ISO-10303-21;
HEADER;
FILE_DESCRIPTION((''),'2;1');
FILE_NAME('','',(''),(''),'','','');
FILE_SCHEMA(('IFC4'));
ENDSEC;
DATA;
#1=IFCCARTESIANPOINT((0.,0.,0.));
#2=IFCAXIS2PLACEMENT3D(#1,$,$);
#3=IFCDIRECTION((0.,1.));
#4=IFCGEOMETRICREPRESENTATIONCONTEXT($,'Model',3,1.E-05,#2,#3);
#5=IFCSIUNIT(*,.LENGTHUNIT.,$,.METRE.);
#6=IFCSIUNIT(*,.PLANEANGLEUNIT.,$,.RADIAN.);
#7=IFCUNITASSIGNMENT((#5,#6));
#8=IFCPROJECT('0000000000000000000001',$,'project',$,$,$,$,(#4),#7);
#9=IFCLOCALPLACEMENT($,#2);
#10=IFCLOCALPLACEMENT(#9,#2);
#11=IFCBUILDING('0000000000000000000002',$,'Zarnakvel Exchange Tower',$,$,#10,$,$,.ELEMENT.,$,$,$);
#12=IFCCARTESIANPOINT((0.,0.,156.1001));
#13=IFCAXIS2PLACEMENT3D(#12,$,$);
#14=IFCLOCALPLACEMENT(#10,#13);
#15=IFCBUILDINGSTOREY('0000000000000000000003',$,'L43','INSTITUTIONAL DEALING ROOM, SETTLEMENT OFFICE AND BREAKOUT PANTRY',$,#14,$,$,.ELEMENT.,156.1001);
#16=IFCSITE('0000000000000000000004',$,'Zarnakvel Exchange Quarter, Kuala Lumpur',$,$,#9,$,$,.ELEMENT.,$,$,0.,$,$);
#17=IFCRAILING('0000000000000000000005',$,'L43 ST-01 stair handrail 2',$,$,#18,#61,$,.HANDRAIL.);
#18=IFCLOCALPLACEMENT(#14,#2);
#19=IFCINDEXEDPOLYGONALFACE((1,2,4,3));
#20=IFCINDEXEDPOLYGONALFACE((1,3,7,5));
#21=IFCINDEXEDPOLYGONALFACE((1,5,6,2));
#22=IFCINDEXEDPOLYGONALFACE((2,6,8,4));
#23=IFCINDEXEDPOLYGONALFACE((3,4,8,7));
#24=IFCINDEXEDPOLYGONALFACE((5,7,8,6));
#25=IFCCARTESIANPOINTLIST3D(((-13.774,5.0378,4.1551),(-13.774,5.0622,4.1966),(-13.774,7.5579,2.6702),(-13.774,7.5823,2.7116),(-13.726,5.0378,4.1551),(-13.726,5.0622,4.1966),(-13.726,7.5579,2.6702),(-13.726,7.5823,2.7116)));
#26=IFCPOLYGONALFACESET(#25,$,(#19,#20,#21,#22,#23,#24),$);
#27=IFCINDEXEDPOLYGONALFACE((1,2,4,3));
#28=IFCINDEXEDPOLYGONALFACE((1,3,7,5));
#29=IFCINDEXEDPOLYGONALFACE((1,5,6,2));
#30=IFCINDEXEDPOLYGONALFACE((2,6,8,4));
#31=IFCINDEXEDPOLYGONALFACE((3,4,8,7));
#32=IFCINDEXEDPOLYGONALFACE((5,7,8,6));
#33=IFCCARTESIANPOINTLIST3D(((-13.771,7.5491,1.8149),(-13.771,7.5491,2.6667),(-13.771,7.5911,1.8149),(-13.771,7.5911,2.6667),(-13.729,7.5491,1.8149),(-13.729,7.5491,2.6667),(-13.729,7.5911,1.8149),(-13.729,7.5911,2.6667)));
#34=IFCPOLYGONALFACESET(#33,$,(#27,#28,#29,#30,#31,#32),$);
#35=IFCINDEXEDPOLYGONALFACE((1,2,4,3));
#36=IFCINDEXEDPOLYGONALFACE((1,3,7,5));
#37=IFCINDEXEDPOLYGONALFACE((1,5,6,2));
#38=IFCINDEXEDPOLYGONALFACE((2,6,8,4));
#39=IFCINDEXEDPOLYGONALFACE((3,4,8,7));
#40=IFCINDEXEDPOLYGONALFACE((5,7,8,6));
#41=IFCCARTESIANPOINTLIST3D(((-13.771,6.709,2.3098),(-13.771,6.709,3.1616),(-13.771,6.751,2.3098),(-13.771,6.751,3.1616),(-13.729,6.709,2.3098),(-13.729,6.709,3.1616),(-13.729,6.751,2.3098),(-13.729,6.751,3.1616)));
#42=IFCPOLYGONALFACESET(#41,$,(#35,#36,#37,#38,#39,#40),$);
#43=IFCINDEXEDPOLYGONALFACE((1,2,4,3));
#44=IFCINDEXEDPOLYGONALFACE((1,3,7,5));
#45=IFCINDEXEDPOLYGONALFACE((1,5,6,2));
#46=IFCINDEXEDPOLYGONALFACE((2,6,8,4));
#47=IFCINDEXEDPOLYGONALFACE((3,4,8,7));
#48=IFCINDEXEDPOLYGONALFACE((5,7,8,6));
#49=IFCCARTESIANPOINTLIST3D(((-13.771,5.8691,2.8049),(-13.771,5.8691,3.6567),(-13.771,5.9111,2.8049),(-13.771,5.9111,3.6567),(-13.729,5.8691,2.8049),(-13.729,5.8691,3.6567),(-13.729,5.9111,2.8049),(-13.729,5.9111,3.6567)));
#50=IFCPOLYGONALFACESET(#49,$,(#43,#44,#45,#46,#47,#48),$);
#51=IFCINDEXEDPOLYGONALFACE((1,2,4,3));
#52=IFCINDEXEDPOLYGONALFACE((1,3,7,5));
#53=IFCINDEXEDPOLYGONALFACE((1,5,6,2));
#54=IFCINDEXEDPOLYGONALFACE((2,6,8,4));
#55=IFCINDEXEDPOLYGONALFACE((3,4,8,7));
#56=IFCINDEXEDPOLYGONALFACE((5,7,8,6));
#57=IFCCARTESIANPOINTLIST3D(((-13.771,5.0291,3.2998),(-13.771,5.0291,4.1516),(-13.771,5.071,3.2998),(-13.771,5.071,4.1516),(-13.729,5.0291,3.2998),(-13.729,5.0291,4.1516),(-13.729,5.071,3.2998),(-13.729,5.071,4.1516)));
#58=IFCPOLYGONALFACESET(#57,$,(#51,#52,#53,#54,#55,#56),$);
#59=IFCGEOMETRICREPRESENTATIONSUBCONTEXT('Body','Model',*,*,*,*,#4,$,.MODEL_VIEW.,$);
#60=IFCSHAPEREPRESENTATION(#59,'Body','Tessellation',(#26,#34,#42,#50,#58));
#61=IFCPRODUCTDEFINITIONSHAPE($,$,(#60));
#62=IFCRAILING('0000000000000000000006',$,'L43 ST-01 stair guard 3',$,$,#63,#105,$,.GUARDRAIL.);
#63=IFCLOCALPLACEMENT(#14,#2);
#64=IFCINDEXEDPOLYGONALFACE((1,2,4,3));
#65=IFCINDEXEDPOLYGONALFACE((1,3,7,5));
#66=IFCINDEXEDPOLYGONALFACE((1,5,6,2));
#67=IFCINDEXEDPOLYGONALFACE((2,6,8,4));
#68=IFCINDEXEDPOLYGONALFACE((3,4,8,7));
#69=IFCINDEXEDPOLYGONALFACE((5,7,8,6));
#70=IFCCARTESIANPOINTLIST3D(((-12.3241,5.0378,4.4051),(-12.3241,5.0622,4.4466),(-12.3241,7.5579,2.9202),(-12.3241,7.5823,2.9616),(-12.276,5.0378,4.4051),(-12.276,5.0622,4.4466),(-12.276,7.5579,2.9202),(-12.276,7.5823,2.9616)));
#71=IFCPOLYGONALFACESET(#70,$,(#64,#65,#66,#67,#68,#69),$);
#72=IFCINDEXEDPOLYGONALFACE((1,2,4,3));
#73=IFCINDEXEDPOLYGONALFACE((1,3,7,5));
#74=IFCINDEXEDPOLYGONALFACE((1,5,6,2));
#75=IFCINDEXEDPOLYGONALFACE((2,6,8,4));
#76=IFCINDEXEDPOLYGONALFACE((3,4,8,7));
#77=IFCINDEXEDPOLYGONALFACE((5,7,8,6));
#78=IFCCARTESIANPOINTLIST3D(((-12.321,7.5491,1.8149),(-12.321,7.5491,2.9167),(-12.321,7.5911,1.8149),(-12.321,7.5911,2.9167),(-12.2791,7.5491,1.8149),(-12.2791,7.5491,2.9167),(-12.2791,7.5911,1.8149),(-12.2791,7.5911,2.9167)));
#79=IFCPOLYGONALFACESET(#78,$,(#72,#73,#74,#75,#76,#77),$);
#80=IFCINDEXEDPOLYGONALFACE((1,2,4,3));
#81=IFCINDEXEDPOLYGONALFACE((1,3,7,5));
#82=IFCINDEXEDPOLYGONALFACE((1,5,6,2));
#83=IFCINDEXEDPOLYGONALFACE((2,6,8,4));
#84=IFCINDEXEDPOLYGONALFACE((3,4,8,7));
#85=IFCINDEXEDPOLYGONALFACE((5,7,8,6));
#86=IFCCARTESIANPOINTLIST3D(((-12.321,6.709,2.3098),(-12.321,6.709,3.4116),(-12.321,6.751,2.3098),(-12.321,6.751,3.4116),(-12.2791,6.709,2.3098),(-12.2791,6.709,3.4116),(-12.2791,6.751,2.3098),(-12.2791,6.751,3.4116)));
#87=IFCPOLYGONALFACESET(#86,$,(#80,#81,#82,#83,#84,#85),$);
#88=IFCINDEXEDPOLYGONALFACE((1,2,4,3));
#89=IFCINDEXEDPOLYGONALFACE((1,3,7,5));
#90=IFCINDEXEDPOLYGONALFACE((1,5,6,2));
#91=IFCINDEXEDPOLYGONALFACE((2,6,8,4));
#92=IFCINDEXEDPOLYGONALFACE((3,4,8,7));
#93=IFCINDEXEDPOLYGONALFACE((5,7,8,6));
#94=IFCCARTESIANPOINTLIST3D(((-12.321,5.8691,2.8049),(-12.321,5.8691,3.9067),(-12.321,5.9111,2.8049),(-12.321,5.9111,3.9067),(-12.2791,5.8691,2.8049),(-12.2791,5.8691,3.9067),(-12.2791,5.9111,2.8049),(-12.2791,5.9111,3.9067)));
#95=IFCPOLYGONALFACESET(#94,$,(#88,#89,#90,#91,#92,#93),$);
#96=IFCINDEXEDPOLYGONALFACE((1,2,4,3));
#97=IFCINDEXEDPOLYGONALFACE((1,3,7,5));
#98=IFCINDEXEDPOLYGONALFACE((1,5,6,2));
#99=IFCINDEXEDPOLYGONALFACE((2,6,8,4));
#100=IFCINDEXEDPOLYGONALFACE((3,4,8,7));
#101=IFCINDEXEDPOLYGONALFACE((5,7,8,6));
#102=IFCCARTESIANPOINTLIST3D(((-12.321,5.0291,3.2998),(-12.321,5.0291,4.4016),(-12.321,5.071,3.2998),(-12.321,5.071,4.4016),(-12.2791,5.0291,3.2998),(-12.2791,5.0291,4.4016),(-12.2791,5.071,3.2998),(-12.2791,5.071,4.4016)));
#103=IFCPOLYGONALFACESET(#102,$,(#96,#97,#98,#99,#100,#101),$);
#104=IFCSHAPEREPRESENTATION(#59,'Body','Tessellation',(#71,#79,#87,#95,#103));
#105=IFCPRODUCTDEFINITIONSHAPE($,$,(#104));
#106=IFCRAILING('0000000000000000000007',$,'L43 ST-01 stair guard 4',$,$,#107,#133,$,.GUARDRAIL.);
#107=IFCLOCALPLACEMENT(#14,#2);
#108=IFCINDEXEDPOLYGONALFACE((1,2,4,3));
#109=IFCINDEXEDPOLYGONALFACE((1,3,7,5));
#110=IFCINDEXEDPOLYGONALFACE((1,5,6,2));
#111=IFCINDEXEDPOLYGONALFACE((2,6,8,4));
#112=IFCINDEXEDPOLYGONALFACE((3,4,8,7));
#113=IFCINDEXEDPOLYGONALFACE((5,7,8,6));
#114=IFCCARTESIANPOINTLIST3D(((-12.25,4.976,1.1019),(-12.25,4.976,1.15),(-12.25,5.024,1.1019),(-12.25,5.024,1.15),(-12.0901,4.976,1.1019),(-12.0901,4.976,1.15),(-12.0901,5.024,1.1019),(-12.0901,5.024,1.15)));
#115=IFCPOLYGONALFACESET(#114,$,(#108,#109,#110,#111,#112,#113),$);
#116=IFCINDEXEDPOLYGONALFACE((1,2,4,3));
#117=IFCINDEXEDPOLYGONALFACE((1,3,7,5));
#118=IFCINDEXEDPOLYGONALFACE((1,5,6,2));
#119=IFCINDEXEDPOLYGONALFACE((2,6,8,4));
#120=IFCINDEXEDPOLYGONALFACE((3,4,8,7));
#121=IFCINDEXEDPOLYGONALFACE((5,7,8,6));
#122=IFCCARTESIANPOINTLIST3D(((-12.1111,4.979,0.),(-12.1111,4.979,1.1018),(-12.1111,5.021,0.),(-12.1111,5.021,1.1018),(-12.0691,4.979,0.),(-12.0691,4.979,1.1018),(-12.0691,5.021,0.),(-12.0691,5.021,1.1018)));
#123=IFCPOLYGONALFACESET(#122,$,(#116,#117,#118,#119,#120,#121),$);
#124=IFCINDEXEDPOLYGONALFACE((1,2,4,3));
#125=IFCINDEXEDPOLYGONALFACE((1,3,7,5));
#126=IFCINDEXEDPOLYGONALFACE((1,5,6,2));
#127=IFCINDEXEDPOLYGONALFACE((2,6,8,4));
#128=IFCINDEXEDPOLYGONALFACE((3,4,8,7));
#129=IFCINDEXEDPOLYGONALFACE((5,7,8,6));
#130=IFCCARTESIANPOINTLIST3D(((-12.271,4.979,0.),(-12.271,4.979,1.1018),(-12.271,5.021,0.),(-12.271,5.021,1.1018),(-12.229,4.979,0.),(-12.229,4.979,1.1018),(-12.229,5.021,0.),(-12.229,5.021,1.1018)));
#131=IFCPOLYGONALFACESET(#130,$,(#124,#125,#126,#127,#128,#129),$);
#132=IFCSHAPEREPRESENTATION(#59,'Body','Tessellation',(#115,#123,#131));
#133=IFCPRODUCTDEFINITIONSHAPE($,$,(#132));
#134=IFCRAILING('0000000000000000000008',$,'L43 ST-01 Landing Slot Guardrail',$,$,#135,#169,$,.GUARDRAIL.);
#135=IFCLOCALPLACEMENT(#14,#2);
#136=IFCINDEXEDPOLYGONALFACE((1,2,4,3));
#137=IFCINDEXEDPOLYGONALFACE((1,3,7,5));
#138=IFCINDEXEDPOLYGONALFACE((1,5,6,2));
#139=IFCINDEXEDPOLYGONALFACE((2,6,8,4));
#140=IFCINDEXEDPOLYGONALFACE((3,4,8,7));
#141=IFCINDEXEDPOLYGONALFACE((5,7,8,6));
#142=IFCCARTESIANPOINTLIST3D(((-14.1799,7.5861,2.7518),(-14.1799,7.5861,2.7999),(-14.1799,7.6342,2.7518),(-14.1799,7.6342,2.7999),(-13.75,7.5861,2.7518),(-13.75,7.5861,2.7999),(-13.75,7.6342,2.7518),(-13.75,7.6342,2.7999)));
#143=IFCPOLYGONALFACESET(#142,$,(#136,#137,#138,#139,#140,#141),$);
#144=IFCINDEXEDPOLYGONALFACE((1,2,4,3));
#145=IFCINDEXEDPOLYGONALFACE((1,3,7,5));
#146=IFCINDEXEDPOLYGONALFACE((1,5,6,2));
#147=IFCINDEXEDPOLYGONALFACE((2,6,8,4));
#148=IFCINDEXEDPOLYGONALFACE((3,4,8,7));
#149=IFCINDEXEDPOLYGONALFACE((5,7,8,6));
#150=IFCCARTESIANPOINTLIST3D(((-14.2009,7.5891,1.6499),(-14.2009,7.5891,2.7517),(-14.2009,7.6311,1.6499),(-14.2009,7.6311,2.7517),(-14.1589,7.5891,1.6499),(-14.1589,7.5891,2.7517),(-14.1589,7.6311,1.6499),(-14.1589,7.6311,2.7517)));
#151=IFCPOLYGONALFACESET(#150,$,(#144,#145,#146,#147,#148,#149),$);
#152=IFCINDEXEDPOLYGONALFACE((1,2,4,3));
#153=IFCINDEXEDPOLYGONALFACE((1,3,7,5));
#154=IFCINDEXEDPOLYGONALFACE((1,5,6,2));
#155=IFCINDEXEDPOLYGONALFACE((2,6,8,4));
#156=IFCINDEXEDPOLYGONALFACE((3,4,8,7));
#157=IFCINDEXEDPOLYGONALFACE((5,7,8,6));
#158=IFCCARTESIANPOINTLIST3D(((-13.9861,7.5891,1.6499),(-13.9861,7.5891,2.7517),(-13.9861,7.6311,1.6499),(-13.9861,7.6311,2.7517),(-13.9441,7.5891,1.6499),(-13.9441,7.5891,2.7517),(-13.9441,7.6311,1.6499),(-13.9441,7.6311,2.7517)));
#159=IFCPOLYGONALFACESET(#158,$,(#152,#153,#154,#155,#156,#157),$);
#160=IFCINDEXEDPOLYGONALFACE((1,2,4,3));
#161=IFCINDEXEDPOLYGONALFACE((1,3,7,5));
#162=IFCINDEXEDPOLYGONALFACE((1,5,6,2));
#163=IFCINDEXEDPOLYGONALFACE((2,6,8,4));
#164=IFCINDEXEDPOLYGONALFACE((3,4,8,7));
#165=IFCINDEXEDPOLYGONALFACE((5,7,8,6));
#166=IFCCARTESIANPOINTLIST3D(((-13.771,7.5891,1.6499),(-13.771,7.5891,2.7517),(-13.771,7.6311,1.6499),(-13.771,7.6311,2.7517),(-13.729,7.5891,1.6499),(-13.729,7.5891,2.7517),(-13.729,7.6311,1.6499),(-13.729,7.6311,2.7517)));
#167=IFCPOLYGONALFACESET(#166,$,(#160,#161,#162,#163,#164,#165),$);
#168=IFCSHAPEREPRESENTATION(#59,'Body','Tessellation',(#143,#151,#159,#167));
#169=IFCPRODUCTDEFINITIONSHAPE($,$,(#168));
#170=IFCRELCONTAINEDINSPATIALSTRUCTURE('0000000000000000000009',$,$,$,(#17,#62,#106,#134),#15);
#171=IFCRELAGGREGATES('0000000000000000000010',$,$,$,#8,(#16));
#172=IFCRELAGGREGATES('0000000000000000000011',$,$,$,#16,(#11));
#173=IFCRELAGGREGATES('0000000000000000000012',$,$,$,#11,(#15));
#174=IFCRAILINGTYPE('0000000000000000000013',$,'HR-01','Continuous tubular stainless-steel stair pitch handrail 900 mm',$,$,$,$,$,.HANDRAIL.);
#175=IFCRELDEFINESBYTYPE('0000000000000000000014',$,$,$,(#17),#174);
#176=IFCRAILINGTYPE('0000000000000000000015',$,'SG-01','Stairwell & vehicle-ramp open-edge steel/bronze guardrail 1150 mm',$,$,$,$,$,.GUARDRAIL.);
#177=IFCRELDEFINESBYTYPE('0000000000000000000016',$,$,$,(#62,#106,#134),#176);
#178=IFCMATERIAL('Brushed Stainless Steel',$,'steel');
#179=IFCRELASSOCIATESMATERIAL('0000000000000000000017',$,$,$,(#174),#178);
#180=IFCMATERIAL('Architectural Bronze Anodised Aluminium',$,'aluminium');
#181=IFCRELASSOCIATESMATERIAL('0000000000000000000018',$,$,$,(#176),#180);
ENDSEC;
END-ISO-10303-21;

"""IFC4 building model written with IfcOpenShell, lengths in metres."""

from ifc_helpers import new_model, si_unit, direction, frame, origin, origin_2d, place, context, subcontext, project, spatial, rectangle, extrude, material, type_object, element, save


model = new_model("IFC4")

# Units and contexts
model_context = context("Model", 3, precision=1e-05, world=origin(), true_north=direction((0.0, 1.0)))
body_context = subcontext(model_context, "Body", "Model", "MODEL_VIEW")
ifc_project = project(units=[si_unit("LENGTHUNIT", "METRE"), si_unit("PLANEANGLEUNIT", "RADIAN")], contexts=[model_context])

# Site, building, storey
site_placement = place(None, origin())
site = spatial("IfcSite", under=ifc_project, at=site_placement, Name="Zarnakvel Exchange Quarter, Kuala Lumpur", CompositionType="ELEMENT", RefElevation=0.0)
building_placement = place(site_placement, origin())
building = spatial("IfcBuilding", under=site, at=building_placement, Name="Zarnakvel Exchange Tower", CompositionType="ELEMENT")
storey_placement = place(building_placement, frame((0.0, 0.0, 156.1001)))
storey = spatial("IfcBuildingStorey", under=building, at=storey_placement, Name="L43", Description="INSTITUTIONAL DEALING ROOM, SETTLEMENT OFFICE AND BREAKOUT PANTRY", CompositionType="ELEMENT", Elevation=156.1001)

# Shared definitions
ifc_material_1 = material(Name="Architectural Bronze Anodised Aluminium", Category="aluminium")

# Railings
ifc_material_2 = material(Name="Brushed Stainless Steel", Category="steel")
railing_type_1 = type_object("IfcRailingType", Name="HR-01", Description="Continuous tubular stainless-steel stair pitch handrail 900 mm", PredefinedType="HANDRAIL", material=ifc_material_2)
railing_1_placement = place(storey_placement, frame((-13.75, 7.5701, 1.8149)))
element("IfcRailing", 1, at=railing_1_placement, inside=storey, type_object=railing_type_1, Name="L43 ST-01 stair handrail 2", PredefinedType="HANDRAIL", context=body_context, shape_type="SweptSolid", body=[
    extrude(rectangle(XDim=0.0481, YDim=0.0481, at=origin_2d()), frame((0.0, 0.0, 0.876), z_axis=(0.0, -0.861561, 0.507655), x_axis=(1.0, 0.0, 0.0)), (0.0, 0.0, 1.0), 2.925),
    extrude(rectangle(XDim=0.042, YDim=0.042, at=origin_2d()), origin(), (0.0, 0.0, 1.0), 0.8518),
    extrude(rectangle(XDim=0.042, YDim=0.042, at=origin_2d()), frame((0.0, -0.8401, 0.4949)), (0.0, 0.0, 1.0), 0.8518),
    extrude(rectangle(XDim=0.042, YDim=0.042, at=origin_2d()), frame((0.0, -1.6799, 0.99)), (0.0, 0.0, 1.0), 0.8518),
    extrude(rectangle(XDim=0.042, YDim=0.042, at=origin_2d()), frame((0.0, -2.52, 1.4849)), (0.0, 0.0, 1.0), 0.8518),
])
railing_type_2 = type_object("IfcRailingType", Name="SG-01", Description="Stairwell & vehicle-ramp open-edge steel/bronze guardrail 1150 mm", PredefinedType="GUARDRAIL", material=ifc_material_1)
railing_2_placement = place(storey_placement, frame((-12.3, 7.5701, 1.8149)))
element("IfcRailing", 2, at=railing_2_placement, inside=storey, type_object=railing_type_2, Name="L43 ST-01 stair guard 3", PredefinedType="GUARDRAIL", context=body_context, shape_type="SweptSolid", body=[
    extrude(rectangle(XDim=0.0481, YDim=0.0481, at=origin_2d()), frame((0.0, 0.0, 1.126), z_axis=(0.0, -0.861561, 0.507655), x_axis=(1.0, 0.0, 0.0)), (0.0, 0.0, 1.0), 2.925),
    extrude(rectangle(XDim=0.042, YDim=0.042, at=origin_2d()), origin(), (0.0, 0.0, 1.0), 1.1018),
    extrude(rectangle(XDim=0.042, YDim=0.042, at=origin_2d()), frame((0.0, -0.8401, 0.4949)), (0.0, 0.0, 1.0), 1.1018),
    extrude(rectangle(XDim=0.042, YDim=0.042, at=origin_2d()), frame((0.0, -1.6799, 0.99)), (0.0, 0.0, 1.0), 1.1018),
    extrude(rectangle(XDim=0.042, YDim=0.042, at=origin_2d()), frame((0.0, -2.52, 1.4849)), (0.0, 0.0, 1.0), 1.1018),
])
railing_3_placement = place(storey_placement, frame((-12.0901, 5.0, 0.0)))
element("IfcRailing", 3, at=railing_3_placement, inside=storey, type_object=railing_type_2, Name="L43 ST-01 stair guard 4", PredefinedType="GUARDRAIL", context=body_context, shape_type="SweptSolid", body=[
    extrude(rectangle(XDim=0.0481, YDim=0.0481, at=origin_2d()), frame((0.0, 0.0, 1.126), z_axis=(-1.0, 0.0, 0.0), x_axis=(0.0, -1.0, 0.0)), (0.0, 0.0, 1.0), 0.1599),
    extrude(rectangle(XDim=0.042, YDim=0.042, at=origin_2d()), origin(), (0.0, 0.0, 1.0), 1.1018),
    extrude(rectangle(XDim=0.042, YDim=0.042, at=origin_2d()), frame((-0.1599, 0.0, 0.0)), (0.0, 0.0, 1.0), 1.1018),
])
railing_4_placement = place(storey_placement, frame((-14.1799, 7.6101, 1.6499)))
element("IfcRailing", 4, at=railing_4_placement, inside=storey, type_object=railing_type_2, Name="L43 ST-01 Landing Slot Guardrail", PredefinedType="GUARDRAIL", context=body_context, shape_type="SweptSolid", body=[
    extrude(rectangle(XDim=0.0481, YDim=0.0481, at=origin_2d()), frame((0.0, 0.0, 1.126), z_axis=(1.0, 0.0, 0.0), x_axis=(0.0, 1.0, 0.0)), (0.0, 0.0, 1.0), 0.4299),
    extrude(rectangle(XDim=0.042, YDim=0.042, at=origin_2d()), origin(), (0.0, 0.0, 1.0), 1.1018),
    extrude(rectangle(XDim=0.042, YDim=0.042, at=origin_2d()), frame((0.2148, 0.0, 0.0)), (0.0, 0.0, 1.0), 1.1018),
    extrude(rectangle(XDim=0.042, YDim=0.042, at=origin_2d()), frame((0.4299, 0.0, 0.0)), (0.0, 0.0, 1.0), 1.1018),
])

save(model, "model.ifc")
